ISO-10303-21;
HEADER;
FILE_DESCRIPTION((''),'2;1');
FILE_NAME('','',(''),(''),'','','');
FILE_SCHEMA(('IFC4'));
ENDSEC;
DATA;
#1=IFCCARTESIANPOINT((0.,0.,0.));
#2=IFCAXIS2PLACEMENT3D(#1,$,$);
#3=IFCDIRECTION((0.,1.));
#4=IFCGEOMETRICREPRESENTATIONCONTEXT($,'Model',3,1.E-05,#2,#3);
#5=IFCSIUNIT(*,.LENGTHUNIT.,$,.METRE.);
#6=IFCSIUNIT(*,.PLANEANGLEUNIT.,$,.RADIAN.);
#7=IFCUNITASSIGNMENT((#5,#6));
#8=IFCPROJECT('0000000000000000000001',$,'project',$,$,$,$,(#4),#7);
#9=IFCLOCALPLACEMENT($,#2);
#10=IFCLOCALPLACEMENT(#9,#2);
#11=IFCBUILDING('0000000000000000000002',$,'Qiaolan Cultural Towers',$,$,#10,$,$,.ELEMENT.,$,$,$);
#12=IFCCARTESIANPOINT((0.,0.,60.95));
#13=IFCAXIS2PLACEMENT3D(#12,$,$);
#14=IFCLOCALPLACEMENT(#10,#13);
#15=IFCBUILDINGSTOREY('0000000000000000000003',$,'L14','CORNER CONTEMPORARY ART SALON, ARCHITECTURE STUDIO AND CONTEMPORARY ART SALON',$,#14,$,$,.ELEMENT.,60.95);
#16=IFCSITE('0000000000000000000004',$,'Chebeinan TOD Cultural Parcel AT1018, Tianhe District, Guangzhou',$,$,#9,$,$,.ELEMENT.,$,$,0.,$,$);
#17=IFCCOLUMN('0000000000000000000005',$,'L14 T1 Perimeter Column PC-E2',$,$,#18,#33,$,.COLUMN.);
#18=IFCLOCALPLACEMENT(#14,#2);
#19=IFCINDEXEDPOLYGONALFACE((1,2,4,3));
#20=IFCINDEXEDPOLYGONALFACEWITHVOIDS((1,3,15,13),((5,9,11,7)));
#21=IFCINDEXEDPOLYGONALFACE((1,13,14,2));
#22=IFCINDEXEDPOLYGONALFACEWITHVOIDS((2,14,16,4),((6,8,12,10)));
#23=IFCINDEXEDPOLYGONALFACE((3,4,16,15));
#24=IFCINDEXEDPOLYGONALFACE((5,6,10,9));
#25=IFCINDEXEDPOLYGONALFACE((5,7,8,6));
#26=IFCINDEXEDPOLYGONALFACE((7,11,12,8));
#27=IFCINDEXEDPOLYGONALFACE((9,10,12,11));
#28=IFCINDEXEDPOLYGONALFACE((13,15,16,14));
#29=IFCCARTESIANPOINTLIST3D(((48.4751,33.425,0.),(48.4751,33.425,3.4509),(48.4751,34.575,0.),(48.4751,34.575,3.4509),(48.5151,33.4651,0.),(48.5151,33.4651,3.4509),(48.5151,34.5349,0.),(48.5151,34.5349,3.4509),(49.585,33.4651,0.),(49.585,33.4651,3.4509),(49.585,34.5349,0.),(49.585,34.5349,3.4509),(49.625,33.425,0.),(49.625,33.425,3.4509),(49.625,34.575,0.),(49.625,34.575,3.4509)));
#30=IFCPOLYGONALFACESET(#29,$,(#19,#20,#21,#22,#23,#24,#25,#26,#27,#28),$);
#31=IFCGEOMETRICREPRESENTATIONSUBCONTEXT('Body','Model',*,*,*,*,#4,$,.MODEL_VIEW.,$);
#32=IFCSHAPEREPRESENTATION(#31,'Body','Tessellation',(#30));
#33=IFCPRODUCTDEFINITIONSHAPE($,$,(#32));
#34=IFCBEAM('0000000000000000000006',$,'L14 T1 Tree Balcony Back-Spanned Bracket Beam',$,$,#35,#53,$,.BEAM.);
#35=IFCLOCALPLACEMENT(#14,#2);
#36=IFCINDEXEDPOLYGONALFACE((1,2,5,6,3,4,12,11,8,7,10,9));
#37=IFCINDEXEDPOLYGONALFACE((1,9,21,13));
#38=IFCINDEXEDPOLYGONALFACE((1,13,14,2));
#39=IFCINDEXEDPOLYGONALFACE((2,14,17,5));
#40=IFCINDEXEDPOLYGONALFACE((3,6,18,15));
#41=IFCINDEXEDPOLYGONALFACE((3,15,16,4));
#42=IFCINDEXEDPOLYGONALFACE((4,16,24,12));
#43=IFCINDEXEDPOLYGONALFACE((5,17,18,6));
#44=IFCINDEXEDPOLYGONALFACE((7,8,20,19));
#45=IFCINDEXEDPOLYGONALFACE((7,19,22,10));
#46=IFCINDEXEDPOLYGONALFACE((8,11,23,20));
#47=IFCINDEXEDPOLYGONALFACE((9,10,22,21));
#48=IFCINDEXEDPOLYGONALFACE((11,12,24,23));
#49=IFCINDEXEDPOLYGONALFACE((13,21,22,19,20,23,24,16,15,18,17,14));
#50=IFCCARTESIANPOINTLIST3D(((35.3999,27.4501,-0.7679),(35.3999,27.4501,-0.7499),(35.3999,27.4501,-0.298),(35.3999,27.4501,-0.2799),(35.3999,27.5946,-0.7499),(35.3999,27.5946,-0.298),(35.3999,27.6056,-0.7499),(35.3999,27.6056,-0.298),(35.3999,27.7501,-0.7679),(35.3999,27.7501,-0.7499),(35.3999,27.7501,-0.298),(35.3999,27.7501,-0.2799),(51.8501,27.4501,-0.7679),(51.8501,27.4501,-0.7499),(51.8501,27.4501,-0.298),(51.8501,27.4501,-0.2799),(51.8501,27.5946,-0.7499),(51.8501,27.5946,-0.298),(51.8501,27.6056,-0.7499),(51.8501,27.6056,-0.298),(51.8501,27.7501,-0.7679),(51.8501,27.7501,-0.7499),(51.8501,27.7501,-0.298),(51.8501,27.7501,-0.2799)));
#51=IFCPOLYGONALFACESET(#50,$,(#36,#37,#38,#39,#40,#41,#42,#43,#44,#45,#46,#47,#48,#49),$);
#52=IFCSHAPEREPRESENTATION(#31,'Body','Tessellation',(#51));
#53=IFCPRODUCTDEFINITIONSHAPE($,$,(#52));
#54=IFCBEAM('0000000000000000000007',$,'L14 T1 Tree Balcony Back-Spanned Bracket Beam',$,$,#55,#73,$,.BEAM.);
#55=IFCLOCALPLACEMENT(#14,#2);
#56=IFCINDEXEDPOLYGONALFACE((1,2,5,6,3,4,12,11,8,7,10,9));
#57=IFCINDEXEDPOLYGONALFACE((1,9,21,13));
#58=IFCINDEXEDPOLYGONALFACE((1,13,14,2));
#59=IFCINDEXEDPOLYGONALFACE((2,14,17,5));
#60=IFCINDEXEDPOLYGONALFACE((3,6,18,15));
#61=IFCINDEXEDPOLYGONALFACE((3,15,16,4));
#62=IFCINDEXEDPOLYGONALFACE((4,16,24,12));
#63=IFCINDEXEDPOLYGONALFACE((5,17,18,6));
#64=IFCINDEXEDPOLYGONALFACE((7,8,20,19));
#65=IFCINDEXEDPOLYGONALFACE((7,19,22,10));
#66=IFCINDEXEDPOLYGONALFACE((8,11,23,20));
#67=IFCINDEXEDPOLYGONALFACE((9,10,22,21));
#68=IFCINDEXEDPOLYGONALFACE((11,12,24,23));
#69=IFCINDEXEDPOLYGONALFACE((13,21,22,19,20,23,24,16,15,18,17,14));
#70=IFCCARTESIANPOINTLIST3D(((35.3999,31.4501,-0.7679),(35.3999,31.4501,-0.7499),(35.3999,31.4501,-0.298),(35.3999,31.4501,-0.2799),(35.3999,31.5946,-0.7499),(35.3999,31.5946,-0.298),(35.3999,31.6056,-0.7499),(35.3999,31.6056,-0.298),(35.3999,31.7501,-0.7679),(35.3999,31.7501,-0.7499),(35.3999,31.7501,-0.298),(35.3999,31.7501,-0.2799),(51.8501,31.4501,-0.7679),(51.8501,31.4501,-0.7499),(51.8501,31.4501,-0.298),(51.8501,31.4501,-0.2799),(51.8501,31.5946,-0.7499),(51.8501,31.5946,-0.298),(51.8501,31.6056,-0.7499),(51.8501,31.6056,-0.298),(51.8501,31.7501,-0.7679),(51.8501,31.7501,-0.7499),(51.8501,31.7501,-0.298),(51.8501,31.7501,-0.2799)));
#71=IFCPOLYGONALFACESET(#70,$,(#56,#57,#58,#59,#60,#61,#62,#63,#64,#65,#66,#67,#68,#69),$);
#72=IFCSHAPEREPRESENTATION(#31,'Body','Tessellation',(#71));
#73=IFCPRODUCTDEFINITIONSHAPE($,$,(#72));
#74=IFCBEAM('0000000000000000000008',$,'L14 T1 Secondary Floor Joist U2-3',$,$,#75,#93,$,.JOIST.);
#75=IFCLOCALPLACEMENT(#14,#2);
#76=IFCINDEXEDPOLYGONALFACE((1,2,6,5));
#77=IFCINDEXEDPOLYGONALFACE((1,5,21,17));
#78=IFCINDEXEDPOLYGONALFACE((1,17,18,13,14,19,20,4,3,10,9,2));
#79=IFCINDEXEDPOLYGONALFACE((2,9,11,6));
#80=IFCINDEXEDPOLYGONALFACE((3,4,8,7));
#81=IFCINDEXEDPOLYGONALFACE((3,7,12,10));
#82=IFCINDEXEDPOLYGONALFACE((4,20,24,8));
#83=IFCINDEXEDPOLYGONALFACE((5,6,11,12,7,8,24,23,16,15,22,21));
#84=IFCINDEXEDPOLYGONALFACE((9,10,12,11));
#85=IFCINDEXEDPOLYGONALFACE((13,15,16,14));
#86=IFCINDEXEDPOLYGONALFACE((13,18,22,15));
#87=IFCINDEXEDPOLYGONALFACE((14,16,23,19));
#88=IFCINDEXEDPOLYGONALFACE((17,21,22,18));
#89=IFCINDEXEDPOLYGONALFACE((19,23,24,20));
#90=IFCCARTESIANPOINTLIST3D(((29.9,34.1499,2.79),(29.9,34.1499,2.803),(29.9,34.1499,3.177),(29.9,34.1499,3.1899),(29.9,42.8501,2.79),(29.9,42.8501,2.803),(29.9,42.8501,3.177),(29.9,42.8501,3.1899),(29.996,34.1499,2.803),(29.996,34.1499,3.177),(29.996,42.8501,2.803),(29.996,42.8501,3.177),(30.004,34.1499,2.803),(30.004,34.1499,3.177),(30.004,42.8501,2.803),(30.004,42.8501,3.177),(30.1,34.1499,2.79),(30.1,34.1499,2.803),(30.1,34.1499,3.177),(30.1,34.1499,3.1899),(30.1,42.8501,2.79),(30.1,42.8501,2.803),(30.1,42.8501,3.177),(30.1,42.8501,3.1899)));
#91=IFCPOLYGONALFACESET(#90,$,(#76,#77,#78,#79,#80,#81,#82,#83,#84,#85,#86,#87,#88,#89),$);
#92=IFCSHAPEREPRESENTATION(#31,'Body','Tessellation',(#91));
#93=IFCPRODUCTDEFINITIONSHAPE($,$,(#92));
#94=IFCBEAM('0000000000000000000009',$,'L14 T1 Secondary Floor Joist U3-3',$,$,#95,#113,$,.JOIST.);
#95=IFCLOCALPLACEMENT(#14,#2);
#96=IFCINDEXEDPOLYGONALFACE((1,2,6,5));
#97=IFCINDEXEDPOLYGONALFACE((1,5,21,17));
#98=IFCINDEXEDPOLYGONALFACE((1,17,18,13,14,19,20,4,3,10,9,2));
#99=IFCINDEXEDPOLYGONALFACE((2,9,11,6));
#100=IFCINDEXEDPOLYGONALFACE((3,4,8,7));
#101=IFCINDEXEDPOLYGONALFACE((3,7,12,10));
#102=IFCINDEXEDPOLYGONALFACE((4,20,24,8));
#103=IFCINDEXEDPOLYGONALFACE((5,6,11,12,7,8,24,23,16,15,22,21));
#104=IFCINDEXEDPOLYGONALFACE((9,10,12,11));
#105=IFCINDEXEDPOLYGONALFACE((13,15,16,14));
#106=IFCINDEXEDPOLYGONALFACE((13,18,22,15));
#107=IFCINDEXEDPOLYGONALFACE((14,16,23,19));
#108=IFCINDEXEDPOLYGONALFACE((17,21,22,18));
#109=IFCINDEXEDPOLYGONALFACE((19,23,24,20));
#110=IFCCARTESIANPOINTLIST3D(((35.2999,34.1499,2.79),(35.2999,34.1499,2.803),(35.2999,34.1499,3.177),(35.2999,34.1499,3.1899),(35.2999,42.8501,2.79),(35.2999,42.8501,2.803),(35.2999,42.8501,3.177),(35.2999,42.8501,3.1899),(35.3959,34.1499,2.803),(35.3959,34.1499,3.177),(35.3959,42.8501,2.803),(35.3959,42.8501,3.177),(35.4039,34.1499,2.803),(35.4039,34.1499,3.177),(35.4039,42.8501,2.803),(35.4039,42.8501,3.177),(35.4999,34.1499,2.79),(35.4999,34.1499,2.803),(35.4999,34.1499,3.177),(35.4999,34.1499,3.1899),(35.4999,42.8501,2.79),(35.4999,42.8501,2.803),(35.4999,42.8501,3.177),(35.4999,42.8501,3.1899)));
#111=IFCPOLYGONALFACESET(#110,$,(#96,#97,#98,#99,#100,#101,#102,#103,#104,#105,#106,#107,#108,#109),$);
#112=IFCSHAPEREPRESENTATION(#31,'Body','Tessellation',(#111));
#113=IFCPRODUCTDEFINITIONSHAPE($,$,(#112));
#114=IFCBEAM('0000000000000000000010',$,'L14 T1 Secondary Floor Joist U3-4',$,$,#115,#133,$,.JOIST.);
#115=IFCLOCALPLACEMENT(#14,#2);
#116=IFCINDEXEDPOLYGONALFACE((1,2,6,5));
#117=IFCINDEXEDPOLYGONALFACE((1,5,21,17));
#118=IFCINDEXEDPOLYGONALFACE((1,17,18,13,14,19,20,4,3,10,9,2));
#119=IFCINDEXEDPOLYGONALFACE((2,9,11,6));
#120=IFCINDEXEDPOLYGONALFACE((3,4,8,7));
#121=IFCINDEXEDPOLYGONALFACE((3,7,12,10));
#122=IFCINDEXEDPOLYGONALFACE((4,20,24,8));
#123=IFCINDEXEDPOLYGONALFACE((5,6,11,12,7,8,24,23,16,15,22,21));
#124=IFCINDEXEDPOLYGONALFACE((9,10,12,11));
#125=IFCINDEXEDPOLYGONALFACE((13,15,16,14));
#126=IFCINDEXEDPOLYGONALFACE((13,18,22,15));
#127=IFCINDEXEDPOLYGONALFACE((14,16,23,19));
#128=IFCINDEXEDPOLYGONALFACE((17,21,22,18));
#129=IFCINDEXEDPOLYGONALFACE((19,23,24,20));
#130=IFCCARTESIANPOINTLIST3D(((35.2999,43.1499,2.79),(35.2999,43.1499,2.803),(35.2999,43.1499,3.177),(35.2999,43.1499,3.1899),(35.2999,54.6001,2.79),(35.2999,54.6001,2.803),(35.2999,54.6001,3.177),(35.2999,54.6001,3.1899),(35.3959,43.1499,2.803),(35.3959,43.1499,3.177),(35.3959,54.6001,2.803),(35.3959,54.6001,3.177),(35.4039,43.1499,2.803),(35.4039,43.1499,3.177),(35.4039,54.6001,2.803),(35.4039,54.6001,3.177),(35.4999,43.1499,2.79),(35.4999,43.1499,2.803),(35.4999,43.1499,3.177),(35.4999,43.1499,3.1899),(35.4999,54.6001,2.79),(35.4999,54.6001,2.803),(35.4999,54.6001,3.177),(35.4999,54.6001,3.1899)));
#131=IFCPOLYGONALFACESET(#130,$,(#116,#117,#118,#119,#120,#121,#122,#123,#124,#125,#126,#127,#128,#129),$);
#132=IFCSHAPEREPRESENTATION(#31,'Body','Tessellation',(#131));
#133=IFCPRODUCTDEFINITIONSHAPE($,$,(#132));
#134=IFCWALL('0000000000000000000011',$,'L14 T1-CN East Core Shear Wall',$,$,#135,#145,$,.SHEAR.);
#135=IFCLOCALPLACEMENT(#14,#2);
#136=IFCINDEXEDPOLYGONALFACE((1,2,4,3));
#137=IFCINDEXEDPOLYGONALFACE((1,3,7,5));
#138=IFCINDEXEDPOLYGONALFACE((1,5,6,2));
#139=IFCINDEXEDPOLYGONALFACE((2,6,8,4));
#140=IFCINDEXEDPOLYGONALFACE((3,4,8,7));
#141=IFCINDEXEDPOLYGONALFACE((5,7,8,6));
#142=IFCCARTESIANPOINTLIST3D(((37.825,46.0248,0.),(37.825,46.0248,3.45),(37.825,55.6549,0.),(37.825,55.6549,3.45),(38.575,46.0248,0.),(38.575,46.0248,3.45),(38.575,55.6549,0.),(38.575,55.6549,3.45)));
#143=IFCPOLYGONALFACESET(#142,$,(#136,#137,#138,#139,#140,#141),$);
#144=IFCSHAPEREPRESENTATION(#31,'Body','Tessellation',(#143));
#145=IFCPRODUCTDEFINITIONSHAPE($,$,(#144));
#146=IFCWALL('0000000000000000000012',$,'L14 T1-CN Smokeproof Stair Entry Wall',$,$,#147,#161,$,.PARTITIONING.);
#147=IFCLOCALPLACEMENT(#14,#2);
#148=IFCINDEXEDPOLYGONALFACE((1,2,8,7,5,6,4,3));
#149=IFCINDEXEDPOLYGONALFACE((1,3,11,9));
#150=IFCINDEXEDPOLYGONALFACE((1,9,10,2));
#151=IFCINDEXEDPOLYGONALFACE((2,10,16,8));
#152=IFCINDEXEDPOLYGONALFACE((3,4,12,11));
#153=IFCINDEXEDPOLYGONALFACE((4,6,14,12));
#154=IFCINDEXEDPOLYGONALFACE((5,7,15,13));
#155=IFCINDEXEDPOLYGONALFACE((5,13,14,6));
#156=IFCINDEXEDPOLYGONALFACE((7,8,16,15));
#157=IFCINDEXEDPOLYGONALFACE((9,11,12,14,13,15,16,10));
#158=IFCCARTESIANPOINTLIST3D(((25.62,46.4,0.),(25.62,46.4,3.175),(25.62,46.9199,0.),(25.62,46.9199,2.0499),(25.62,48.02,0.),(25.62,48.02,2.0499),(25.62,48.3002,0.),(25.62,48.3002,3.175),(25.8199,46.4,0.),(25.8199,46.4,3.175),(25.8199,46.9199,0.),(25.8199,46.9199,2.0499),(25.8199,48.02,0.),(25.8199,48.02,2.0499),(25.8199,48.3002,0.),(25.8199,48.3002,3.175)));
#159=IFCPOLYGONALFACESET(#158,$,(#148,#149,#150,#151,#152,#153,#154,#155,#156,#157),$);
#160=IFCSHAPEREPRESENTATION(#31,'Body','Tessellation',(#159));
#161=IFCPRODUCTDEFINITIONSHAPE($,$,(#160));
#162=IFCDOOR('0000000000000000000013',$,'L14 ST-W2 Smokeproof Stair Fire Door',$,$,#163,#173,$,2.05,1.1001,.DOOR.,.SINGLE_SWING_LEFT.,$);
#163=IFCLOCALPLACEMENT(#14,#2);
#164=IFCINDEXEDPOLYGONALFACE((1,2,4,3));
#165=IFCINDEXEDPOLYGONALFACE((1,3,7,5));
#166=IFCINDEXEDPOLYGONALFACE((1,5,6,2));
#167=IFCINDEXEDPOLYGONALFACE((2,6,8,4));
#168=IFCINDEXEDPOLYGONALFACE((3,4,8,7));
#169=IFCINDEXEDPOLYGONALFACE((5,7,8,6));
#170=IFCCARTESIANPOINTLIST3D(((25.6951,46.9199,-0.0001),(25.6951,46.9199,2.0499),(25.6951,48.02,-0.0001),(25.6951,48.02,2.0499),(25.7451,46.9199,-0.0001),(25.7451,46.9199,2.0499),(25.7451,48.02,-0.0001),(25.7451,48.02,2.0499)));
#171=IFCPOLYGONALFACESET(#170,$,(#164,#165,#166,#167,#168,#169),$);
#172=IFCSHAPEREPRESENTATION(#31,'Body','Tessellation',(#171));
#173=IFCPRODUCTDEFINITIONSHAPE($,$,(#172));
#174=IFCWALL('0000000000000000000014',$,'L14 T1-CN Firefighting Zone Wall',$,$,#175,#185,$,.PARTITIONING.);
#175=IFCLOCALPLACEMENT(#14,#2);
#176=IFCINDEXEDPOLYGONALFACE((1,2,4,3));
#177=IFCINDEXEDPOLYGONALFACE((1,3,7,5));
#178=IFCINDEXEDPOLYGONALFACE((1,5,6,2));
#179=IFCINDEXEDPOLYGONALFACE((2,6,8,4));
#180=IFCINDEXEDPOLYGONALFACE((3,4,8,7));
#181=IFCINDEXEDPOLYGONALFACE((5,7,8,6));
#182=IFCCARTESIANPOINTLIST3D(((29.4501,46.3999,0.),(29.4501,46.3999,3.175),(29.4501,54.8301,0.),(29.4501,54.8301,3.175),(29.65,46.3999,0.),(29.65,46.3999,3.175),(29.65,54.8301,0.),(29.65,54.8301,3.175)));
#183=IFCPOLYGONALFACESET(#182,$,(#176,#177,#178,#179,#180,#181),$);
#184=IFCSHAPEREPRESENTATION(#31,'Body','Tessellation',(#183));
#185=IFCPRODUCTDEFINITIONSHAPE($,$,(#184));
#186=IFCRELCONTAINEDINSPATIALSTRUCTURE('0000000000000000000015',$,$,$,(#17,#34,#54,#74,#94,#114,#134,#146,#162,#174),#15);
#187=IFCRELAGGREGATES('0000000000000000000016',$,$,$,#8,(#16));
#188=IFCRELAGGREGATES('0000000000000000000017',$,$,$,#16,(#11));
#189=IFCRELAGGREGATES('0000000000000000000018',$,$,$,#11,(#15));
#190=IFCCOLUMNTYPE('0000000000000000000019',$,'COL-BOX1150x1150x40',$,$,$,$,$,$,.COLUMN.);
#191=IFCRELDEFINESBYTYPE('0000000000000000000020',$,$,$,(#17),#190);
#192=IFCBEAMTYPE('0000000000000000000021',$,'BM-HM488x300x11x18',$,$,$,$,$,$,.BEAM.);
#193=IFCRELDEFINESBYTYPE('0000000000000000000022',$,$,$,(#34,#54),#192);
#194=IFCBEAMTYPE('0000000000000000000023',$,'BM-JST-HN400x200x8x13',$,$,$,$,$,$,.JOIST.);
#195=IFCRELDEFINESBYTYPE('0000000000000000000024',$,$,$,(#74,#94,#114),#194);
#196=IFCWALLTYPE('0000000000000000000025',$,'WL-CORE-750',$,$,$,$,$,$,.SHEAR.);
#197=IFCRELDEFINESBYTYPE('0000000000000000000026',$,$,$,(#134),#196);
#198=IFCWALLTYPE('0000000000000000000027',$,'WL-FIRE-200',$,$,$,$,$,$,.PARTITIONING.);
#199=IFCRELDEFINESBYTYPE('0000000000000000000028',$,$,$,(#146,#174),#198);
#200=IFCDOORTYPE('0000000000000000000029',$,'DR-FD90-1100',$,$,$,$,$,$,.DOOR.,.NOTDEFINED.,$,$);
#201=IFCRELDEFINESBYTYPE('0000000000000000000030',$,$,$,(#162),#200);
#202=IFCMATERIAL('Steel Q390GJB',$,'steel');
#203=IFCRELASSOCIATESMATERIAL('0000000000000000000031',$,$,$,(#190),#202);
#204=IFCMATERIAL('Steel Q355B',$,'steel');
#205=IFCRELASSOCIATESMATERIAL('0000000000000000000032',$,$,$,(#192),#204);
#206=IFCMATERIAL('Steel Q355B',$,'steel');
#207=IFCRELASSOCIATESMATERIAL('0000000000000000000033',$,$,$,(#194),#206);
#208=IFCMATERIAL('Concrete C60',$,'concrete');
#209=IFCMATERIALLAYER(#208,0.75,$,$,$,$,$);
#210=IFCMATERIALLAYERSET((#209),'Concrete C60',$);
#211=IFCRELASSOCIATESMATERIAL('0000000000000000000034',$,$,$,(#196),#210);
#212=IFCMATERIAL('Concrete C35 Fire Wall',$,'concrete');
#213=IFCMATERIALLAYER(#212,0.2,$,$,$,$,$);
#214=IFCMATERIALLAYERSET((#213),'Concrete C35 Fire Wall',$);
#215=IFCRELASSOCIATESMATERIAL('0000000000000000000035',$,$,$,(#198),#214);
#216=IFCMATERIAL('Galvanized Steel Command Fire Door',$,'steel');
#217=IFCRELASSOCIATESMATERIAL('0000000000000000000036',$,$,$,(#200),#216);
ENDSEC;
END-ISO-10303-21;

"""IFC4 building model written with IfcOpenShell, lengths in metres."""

from ifc_helpers import new_model, si_unit, direction, frame, frame_2d, origin, origin_2d, place, context, subcontext, project, spatial, rectangle, hollow_rectangle, i_section, extrude, material, layer, layer_set, material_profile, profile_set, type_object, element, fill, save


model = new_model("IFC4")

# Units and contexts
model_context = context("Model", 3, precision=1e-05, world=origin(), true_north=direction((0.0, 1.0)))
body_context = subcontext(model_context, "Body", "Model", "MODEL_VIEW")
ifc_project = project(units=[si_unit("LENGTHUNIT", "METRE"), si_unit("PLANEANGLEUNIT", "RADIAN")], contexts=[model_context])

# Site, building, storey
site_placement = place(None, origin())
site = spatial("IfcSite", under=ifc_project, at=site_placement, Name="Chebeinan TOD Cultural Parcel AT1018, Tianhe District, Guangzhou", CompositionType="ELEMENT", RefElevation=0.0)
building_placement = place(site_placement, origin())
building = spatial("IfcBuilding", under=site, at=building_placement, Name="Qiaolan Cultural Towers", CompositionType="ELEMENT")
storey_placement = place(building_placement, frame((0.0, 0.0, 60.95)))
storey = spatial("IfcBuildingStorey", under=building, at=storey_placement, Name="L14", Description="CORNER CONTEMPORARY ART SALON, ARCHITECTURE STUDIO AND CONTEMPORARY ART SALON", CompositionType="ELEMENT", Elevation=60.95)

# Column
ifc_material_1 = material(Name="Steel Q390GJB", Category="steel")
ifc_material_profile_1 = material_profile(ifc_material_1, hollow_rectangle(XDim=1.1499, YDim=1.1499, WallThickness=0.04, at=origin_2d()), Name="BOX1150x1150x40")
ifc_profile_set_1 = profile_set([ifc_material_profile_1], Name="Steel Q390GJB")
column_type = type_object("IfcColumnType", Name="COL-BOX1150x1150x40", PredefinedType="COLUMN", material=ifc_profile_set_1)
column_placement = place(storey_placement, frame((49.05, 34.0, 0.0), z_axis=(0.0, 0.0, 1.0), x_axis=(1.0, 0.0, 0.0)))
element("IfcColumn", 1, at=column_placement, inside=storey, type_object=column_type, Name="L14 T1 Perimeter Column PC-E2", PredefinedType="COLUMN", context=body_context, shape_type="SweptSolid", body=[
    extrude(hollow_rectangle(XDim=1.1499, YDim=1.1499, WallThickness=0.04, at=origin_2d()), origin(), (0.0, 0.0, 1.0), 3.4509),
])

# Beams
ifc_material_2 = material(Name="Steel Q355B", Category="steel")
ifc_material_profile_2 = material_profile(ifc_material_2, i_section(OverallWidth=0.3, OverallDepth=0.488, WebThickness=0.011, FlangeThickness=0.0181, at=origin_2d()), Name="HM488x300x11x18")
ifc_profile_set_2 = profile_set([ifc_material_profile_2], Name="Steel Q355B")
beam_type_1 = type_object("IfcBeamType", Name="BM-HM488x300x11x18", PredefinedType="BEAM", material=ifc_profile_set_2)
for number, where, z_axis, x_axis, name in (
    (2, (35.3999, 27.6001, -0.5239), (1.0, 0.0, 0.0), (0.0, 1.0, 0.0), "L14 T1 Tree Balcony Back-Spanned Bracket Beam"),
    (3, (35.3999, 31.6001, -0.5239), (1.0, 0.0, 0.0), (0.0, 1.0, 0.0), "L14 T1 Tree Balcony Back-Spanned Bracket Beam"),
):
    element("IfcBeam", number, at=place(storey_placement, frame(where, z_axis=z_axis, x_axis=x_axis)), inside=storey, type_object=beam_type_1, Name=name, PredefinedType="BEAM", context=body_context, shape_type="SweptSolid", body=[
        extrude(i_section(OverallWidth=0.3, OverallDepth=0.488, WebThickness=0.011, FlangeThickness=0.0181, at=origin_2d()), origin(), (0.0, 0.0, 1.0), 16.4502),
    ])
ifc_material_3 = material(Name="Steel Q355B", Category="steel")
ifc_material_profile_3 = material_profile(ifc_material_3, i_section(OverallWidth=0.2, OverallDepth=0.3999, WebThickness=0.0081, FlangeThickness=0.0129, at=origin_2d()), Name="HN400x200x8x13")
ifc_profile_set_3 = profile_set([ifc_material_profile_3], Name="Steel Q355B")
beam_type_2 = type_object("IfcBeamType", Name="BM-JST-HN400x200x8x13", PredefinedType="JOIST", material=ifc_profile_set_3)
for number, where, z_axis, x_axis, name in (
    (4, (30.0, 34.1499, 2.99), (0.0, 1.0, 0.0), (-1.0, 0.0, 0.0), "L14 T1 Secondary Floor Joist U2-3"),
    (5, (35.3999, 34.1499, 2.99), (0.0, 1.0, 0.0), (-1.0, 0.0, 0.0), "L14 T1 Secondary Floor Joist U3-3"),
):
    element("IfcBeam", number, at=place(storey_placement, frame(where, z_axis=z_axis, x_axis=x_axis)), inside=storey, type_object=beam_type_2, Name=name, PredefinedType="JOIST", context=body_context, shape_type="SweptSolid", body=[
        extrude(i_section(OverallWidth=0.2, OverallDepth=0.3999, WebThickness=0.0081, FlangeThickness=0.0129, at=origin_2d()), origin(), (0.0, 0.0, 1.0), 8.7002),
    ])
beam_placement = place(storey_placement, frame((35.3999, 43.1499, 2.99), z_axis=(0.0, 1.0, 0.0), x_axis=(-1.0, 0.0, 0.0)))
element("IfcBeam", 6, at=beam_placement, inside=storey, type_object=beam_type_2, Name="L14 T1 Secondary Floor Joist U3-4", PredefinedType="JOIST", context=body_context, shape_type="SweptSolid", body=[
    extrude(i_section(OverallWidth=0.2, OverallDepth=0.3999, WebThickness=0.0081, FlangeThickness=0.0129, at=origin_2d()), origin(), (0.0, 0.0, 1.0), 11.4502),
])

# Wall
ifc_material_4 = material(Name="Concrete C60", Category="concrete")
ifc_layer_1 = layer(ifc_material_4, 0.75)
ifc_layer_set_1 = layer_set([ifc_layer_1], Name="Concrete C60")
wall_type_1 = type_object("IfcWallType", Name="WL-CORE-750", PredefinedType="SHEAR", material=ifc_layer_set_1)
wall_1_placement = place(storey_placement, frame((38.2, 46.0249, 0.0), z_axis=(0.0, 0.0, 1.0), x_axis=(0.0, 1.0, 0.0)))
element("IfcWall", 7, at=wall_1_placement, inside=storey, type_object=wall_type_1, Name="L14 T1-CN East Core Shear Wall", PredefinedType="SHEAR", context=body_context, shape_type="SweptSolid", body=[
    extrude(rectangle(XDim=9.6301, YDim=0.75, at=frame_2d((4.8149, 0.0))), origin(), (0.0, 0.0, 1.0), 3.45),
])

# Wall, opening, door
ifc_material_5 = material(Name="Concrete C35 Fire Wall", Category="concrete")
ifc_layer_2 = layer(ifc_material_5, 0.2)
ifc_layer_set_2 = layer_set([ifc_layer_2], Name="Concrete C35 Fire Wall")
wall_type_2 = type_object("IfcWallType", Name="WL-FIRE-200", PredefinedType="PARTITIONING", material=ifc_layer_set_2)
wall_2_placement = place(storey_placement, frame((25.72, 46.3999, 0.0), z_axis=(0.0, 0.0, 1.0), x_axis=(0.0, 1.0, 0.0)))
wall_2 = element("IfcWall", 8, at=wall_2_placement, inside=storey, type_object=wall_type_2, Name="L14 T1-CN Smokeproof Stair Entry Wall", PredefinedType="PARTITIONING", context=body_context, shape_type="SweptSolid", body=[
    extrude(rectangle(XDim=1.9001, YDim=0.2, at=frame_2d((0.9502, 0.0))), origin(), (0.0, 0.0, 1.0), 3.175),
])
opening_1_placement = place(wall_2_placement, frame((0.52, 0.0, 0.0)))
opening_1 = element("IfcOpeningElement", 9, at=opening_1_placement, cuts=wall_2, PredefinedType="OPENING", context=body_context, shape_type="SweptSolid", body=[
    extrude(rectangle(XDim=1.1001, YDim=2.05, at=frame_2d((0.55, 1.0249))), frame((0.0, 0.1099, 0.0), z_axis=(0.0, -1.0, 0.0), x_axis=(1.0, 0.0, 0.0)), (0.0, 0.0, 1.0), 0.22),
])
ifc_material_6 = material(Name="Galvanized Steel Command Fire Door", Category="steel")
door_type_1 = type_object("IfcDoorType", Name="DR-FD90-1100", OperationType="NOTDEFINED", PredefinedType="DOOR", material=ifc_material_6)
door_1_placement = place(opening_1_placement, origin())
door_1 = element("IfcDoor", 10, at=door_1_placement, inside=storey, type_object=door_type_1, Name="L14 ST-W2 Smokeproof Stair Fire Door", OperationType="SINGLE_SWING_LEFT", OverallHeight=2.05, OverallWidth=1.1001, PredefinedType="DOOR", context=body_context, shape_type="SweptSolid", body=[
    extrude(rectangle(XDim=1.1001, YDim=2.05, at=frame_2d((0.55, 1.0249))), frame((0.0, 0.0249, 0.0), z_axis=(0.0, -1.0, 0.0), x_axis=(1.0, 0.0, 0.0)), (0.0, 0.0, 1.0), 0.05),
])
fill(opening_1, door_1)

# Wall
wall_3_placement = place(storey_placement, frame((29.55, 46.3999, 0.0), z_axis=(0.0, 0.0, 1.0), x_axis=(0.0, 1.0, 0.0)))
element("IfcWall", 11, at=wall_3_placement, inside=storey, type_object=wall_type_2, Name="L14 T1-CN Firefighting Zone Wall", PredefinedType="PARTITIONING", context=body_context, shape_type="SweptSolid", body=[
    extrude(rectangle(XDim=8.4302, YDim=0.2, at=frame_2d((4.2151, 0.0))), origin(), (0.0, 0.0, 1.0), 3.175),
])

save(model, "model.ifc")
